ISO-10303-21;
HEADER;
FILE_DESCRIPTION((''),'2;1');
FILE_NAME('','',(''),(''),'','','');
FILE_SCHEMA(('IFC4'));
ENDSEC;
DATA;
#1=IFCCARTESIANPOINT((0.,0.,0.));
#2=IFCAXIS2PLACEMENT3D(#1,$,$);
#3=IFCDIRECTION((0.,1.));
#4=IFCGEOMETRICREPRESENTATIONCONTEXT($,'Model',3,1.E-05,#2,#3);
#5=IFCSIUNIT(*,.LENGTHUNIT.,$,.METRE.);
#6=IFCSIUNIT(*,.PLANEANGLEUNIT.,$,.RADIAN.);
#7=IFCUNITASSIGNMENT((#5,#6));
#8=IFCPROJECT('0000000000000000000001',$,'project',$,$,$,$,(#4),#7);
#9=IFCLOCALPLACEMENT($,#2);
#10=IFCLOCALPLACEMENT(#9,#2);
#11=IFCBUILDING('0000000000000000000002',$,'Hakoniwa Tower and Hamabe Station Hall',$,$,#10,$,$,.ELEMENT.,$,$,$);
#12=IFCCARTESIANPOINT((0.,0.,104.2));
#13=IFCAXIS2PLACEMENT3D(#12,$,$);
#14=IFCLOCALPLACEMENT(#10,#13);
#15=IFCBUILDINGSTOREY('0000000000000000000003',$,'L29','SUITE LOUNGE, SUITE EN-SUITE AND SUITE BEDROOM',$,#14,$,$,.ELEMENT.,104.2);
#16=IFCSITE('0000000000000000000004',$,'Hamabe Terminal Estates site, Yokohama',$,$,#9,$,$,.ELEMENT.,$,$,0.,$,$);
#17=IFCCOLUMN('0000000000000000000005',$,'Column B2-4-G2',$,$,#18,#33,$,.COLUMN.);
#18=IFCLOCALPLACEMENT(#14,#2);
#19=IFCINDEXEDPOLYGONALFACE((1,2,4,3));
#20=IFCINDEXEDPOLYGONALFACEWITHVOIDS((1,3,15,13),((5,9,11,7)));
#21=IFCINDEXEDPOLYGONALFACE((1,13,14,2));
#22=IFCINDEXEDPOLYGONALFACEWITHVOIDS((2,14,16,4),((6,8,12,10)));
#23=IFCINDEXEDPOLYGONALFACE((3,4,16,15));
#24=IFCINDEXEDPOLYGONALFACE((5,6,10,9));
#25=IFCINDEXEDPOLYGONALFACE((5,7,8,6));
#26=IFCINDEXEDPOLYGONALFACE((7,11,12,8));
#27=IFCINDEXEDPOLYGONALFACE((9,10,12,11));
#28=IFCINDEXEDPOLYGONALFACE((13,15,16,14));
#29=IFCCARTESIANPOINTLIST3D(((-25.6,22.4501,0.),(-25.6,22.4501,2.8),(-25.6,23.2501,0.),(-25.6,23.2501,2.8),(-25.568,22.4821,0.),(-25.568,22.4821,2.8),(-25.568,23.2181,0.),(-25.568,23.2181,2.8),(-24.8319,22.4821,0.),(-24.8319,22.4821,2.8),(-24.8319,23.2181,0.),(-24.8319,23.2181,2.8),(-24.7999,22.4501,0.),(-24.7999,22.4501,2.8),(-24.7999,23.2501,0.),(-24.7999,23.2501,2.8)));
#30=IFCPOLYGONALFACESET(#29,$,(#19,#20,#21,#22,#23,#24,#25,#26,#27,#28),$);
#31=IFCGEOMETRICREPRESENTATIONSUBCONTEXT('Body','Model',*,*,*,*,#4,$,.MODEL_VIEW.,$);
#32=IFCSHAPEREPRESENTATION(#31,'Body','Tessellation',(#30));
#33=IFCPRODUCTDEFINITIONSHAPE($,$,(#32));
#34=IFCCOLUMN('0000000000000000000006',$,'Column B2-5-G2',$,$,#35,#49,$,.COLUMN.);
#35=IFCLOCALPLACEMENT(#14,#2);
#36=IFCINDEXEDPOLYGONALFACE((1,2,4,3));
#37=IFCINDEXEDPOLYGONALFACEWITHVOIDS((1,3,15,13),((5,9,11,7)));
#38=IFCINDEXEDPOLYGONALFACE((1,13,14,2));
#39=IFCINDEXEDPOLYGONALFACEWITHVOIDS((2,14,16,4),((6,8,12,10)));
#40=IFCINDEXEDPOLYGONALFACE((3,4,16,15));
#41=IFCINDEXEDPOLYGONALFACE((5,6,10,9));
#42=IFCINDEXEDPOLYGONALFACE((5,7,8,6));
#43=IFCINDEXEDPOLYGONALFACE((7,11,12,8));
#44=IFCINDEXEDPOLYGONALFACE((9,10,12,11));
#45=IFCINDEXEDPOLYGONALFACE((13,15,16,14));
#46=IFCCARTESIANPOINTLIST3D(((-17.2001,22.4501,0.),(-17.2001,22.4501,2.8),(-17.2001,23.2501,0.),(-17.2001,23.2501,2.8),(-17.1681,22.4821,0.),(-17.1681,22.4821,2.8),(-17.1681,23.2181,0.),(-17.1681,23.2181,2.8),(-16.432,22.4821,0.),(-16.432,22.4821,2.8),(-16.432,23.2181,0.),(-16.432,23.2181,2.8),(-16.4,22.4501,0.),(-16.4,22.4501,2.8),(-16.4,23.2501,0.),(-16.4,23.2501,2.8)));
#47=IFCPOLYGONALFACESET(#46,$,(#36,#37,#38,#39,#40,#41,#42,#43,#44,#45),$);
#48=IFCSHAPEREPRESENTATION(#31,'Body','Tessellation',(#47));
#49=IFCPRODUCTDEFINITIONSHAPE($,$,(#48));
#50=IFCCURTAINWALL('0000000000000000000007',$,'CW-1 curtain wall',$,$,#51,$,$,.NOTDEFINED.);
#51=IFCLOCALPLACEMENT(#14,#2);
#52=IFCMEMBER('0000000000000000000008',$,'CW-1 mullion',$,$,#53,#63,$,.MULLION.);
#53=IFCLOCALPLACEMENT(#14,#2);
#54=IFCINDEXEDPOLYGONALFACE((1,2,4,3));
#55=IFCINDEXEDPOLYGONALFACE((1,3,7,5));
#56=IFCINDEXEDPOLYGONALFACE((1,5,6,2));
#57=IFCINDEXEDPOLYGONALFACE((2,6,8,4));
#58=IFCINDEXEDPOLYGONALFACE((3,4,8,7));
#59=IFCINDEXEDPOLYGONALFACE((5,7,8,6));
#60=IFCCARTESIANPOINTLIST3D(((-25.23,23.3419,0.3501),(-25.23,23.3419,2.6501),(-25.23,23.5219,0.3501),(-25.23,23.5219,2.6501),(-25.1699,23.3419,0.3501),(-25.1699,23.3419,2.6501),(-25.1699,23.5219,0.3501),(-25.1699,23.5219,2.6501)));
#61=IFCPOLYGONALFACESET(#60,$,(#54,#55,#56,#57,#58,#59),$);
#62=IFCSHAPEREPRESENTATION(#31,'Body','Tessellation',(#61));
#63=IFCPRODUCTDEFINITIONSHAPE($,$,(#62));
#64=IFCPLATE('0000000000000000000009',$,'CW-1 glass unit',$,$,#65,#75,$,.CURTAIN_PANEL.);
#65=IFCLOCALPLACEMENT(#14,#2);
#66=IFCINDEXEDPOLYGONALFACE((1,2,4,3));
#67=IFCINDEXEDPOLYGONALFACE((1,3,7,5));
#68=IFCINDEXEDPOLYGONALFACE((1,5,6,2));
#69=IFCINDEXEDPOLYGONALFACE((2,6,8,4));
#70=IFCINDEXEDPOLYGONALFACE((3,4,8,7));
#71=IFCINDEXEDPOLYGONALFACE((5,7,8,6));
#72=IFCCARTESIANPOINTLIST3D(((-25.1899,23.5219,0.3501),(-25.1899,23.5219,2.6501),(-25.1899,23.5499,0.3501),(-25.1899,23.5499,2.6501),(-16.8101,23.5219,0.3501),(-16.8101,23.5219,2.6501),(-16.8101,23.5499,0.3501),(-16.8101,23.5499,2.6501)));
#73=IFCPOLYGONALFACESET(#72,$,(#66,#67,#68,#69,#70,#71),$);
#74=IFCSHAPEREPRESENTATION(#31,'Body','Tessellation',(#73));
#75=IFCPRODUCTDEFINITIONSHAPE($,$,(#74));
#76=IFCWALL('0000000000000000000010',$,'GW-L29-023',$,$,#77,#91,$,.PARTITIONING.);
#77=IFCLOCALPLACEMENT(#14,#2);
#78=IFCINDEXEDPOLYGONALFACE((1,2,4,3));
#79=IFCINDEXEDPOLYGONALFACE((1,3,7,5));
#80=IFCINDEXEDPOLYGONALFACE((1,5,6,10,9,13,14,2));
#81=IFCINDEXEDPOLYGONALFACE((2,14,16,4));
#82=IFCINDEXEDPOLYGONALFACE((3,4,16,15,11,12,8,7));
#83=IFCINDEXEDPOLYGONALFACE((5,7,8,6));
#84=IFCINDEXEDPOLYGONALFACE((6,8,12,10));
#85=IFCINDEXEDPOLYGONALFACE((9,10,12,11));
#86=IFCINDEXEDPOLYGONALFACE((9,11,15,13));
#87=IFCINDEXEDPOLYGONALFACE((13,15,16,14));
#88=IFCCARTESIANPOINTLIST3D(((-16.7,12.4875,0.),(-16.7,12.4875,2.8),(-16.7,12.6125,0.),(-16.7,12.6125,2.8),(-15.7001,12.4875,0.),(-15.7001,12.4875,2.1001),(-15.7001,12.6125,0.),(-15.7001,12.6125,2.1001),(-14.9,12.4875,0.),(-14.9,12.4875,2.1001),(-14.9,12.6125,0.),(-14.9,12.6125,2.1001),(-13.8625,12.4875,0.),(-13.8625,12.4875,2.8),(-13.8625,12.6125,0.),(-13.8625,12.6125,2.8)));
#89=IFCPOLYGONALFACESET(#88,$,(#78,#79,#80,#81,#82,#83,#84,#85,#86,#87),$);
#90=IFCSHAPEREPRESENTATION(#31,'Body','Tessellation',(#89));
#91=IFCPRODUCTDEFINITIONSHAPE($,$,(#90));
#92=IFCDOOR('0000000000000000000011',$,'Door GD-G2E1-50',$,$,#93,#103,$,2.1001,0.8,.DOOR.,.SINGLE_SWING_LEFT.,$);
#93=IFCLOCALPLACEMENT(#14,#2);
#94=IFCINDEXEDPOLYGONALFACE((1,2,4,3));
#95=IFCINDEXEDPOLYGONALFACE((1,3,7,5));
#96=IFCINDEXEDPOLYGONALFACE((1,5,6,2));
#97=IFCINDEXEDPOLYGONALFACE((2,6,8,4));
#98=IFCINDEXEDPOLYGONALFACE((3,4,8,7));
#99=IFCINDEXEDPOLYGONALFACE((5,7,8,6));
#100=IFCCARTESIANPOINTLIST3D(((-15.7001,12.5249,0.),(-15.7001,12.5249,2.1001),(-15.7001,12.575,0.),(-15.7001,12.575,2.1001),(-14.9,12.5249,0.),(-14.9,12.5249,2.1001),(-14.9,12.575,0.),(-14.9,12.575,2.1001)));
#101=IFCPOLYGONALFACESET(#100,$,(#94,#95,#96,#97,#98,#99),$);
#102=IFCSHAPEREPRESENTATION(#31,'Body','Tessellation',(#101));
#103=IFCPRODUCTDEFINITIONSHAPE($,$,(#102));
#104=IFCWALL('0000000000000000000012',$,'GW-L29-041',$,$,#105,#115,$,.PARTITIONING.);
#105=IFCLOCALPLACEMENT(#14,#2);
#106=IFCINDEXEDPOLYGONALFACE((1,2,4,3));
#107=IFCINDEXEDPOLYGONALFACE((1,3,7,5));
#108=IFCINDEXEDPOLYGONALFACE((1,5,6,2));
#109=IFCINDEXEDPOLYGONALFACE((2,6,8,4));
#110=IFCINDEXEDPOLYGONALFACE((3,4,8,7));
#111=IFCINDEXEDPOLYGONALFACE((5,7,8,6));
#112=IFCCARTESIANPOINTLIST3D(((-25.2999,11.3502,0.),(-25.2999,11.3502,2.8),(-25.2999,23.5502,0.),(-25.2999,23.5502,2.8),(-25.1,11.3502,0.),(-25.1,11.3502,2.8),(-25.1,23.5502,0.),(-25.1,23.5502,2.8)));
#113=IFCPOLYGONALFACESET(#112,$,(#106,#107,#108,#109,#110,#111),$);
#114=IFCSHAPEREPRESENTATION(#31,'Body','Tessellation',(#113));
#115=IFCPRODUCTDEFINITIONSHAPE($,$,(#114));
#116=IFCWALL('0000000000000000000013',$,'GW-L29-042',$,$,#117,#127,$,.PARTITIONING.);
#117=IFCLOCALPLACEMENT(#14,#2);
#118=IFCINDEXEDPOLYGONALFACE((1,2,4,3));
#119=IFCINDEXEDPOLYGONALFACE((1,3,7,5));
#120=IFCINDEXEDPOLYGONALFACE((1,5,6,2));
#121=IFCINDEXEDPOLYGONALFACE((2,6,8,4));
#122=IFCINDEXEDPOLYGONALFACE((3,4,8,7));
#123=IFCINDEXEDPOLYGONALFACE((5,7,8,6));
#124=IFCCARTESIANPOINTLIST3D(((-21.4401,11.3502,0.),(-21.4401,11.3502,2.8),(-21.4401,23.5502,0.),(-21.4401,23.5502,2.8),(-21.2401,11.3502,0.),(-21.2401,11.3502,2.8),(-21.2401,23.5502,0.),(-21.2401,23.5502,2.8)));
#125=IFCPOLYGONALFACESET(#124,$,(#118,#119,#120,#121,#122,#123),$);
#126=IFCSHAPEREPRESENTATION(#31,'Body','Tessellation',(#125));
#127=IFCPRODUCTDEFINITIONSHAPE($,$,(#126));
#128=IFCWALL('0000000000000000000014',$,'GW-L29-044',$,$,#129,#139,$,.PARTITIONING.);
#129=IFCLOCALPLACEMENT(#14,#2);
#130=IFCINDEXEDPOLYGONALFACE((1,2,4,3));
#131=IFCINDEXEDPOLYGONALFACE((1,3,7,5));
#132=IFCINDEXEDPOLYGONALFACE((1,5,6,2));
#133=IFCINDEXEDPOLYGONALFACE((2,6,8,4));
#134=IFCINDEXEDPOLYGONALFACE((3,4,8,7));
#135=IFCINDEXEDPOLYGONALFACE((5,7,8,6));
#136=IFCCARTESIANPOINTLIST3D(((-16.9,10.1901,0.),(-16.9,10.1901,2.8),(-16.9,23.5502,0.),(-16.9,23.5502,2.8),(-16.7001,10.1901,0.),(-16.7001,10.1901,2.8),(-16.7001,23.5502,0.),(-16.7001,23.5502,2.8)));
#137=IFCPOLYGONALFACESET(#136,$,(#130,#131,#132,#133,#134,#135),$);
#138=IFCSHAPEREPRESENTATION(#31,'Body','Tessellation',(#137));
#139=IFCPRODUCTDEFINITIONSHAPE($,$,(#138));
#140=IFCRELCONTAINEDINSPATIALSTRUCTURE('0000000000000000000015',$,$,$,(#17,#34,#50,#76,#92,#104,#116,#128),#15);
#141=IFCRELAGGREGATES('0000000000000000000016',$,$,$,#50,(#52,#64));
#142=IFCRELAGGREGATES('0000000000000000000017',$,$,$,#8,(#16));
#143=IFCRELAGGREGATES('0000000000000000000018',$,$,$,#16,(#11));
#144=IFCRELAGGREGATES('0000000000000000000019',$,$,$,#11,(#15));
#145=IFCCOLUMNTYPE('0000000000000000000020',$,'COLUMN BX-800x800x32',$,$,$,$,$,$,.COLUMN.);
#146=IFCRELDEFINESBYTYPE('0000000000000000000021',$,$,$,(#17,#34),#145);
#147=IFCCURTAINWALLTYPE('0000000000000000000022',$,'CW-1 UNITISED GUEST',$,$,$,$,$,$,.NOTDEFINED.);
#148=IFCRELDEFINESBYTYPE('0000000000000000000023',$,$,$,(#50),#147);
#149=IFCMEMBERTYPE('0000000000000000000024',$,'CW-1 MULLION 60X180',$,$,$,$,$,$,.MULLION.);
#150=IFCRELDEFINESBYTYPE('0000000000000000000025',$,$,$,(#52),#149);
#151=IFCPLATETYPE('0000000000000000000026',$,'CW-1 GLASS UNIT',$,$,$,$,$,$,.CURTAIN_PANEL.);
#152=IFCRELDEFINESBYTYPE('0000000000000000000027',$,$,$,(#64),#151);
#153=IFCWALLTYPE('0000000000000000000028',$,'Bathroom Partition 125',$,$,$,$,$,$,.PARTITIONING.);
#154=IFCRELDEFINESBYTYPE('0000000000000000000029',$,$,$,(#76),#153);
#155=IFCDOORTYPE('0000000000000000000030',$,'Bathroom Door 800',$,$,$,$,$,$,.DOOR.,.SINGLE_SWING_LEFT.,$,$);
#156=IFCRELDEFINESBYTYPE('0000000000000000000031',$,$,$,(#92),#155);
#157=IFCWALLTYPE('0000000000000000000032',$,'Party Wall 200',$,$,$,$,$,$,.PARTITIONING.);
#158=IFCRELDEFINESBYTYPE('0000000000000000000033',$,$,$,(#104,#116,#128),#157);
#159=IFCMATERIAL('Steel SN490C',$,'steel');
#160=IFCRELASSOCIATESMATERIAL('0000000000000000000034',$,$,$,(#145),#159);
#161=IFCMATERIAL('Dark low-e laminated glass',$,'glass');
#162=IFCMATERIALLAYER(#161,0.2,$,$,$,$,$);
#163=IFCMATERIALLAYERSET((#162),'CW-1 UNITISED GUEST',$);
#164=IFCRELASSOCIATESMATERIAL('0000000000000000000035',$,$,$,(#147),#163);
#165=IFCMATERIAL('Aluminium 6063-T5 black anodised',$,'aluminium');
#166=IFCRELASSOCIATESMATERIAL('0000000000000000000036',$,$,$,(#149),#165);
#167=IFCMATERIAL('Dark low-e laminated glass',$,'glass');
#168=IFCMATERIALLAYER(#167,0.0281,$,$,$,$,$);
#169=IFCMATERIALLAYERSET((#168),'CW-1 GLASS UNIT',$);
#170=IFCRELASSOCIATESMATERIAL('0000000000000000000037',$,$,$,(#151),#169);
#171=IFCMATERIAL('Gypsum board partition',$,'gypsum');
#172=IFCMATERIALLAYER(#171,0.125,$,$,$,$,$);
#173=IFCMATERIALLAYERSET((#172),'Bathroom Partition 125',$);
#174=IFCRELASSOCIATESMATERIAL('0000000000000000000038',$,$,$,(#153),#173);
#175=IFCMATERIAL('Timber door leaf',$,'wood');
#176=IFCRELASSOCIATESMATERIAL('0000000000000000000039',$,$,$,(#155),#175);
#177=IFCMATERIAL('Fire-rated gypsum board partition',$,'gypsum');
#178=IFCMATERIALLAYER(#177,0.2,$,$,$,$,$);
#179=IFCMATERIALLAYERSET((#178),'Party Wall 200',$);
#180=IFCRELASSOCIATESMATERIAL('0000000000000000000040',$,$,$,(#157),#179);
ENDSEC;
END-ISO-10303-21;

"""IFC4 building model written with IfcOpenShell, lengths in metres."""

from ifc_helpers import new_model, si_unit, direction, frame, frame_2d, origin, origin_2d, place, context, subcontext, project, spatial, rectangle, hollow_rectangle, extrude, material, layer, layer_set, material_profile, profile_set, type_object, element, fill, aggregate, save


model = new_model("IFC4")

# Units and contexts
model_context = context("Model", 3, precision=1e-05, world=origin(), true_north=direction((0.0, 1.0)))
body_context = subcontext(model_context, "Body", "Model", "MODEL_VIEW")
ifc_project = project(units=[si_unit("LENGTHUNIT", "METRE"), si_unit("PLANEANGLEUNIT", "RADIAN")], contexts=[model_context])

# Site, building, storey
site_placement = place(None, origin())
site = spatial("IfcSite", under=ifc_project, at=site_placement, Name="Hamabe Terminal Estates site, Yokohama", CompositionType="ELEMENT", RefElevation=0.0)
building_placement = place(site_placement, origin())
building = spatial("IfcBuilding", under=site, at=building_placement, Name="Hakoniwa Tower and Hamabe Station Hall", CompositionType="ELEMENT")
storey_placement = place(building_placement, frame((0.0, 0.0, 104.2)))
storey = spatial("IfcBuildingStorey", under=building, at=storey_placement, Name="L29", Description="SUITE LOUNGE, SUITE EN-SUITE AND SUITE BEDROOM", CompositionType="ELEMENT", Elevation=104.2)

# Columns
ifc_material_1 = material(Name="Steel SN490C", Category="steel")
ifc_material_profile_1 = material_profile(ifc_material_1, hollow_rectangle(XDim=0.8, YDim=0.8, WallThickness=0.032, at=origin_2d()), Name="BX-800x800x32")
ifc_profile_set_1 = profile_set([ifc_material_profile_1], Name="Steel SN490C")
column_type = type_object("IfcColumnType", Name="COLUMN BX-800x800x32", PredefinedType="COLUMN", material=ifc_profile_set_1)
for number, where, z_axis, x_axis, name in (
    (1, (-25.2, 22.8501, 0.0), (0.0, 0.0, 1.0), (1.0, 0.0, 0.0), "Column B2-4-G2"),
    (2, (-16.8, 22.8501, 0.0), (0.0, 0.0, 1.0), (1.0, 0.0, 0.0), "Column B2-5-G2"),
):
    element("IfcColumn", number, at=place(storey_placement, frame(where, z_axis=z_axis, x_axis=x_axis)), inside=storey, type_object=column_type, Name=name, PredefinedType="COLUMN", context=body_context, shape_type="SweptSolid", body=[
        extrude(hollow_rectangle(XDim=0.8, YDim=0.8, WallThickness=0.032, at=origin_2d()), origin(), (0.0, 0.0, 1.0), 2.8),
    ])

# Curtain wall, member, plate
ifc_material_2 = material(Name="Dark low-e laminated glass", Category="glass")
ifc_layer_1 = layer(ifc_material_2, 0.2)
ifc_layer_set_1 = layer_set([ifc_layer_1], Name="CW-1 UNITISED GUEST")
curtain_wall_type = type_object("IfcCurtainWallType", Name="CW-1 UNITISED GUEST", PredefinedType="NOTDEFINED", material=ifc_layer_set_1)
curtain_wall_placement = place(storey_placement, origin())
curtain_wall = element("IfcCurtainWall", 3, at=curtain_wall_placement, inside=storey, type_object=curtain_wall_type, Name="CW-1 curtain wall", PredefinedType="NOTDEFINED")
ifc_material_3 = material(Name="Aluminium 6063-T5 black anodised", Category="aluminium")
ifc_material_profile_2 = material_profile(ifc_material_3, rectangle(XDim=0.0601, YDim=0.1799, at=origin_2d()), Name="CW-1 MULLION 60X180")
ifc_profile_set_2 = profile_set([ifc_material_profile_2], Name="Aluminium 6063-T5 black anodised")
member_type = type_object("IfcMemberType", Name="CW-1 MULLION 60X180", PredefinedType="MULLION", material=ifc_profile_set_2)
member_placement = place(storey_placement, frame((-25.2, 23.4319, 0.3501), z_axis=(0.0, 0.0, 1.0), x_axis=(-1.0, 0.0, 0.0)))
member = element("IfcMember", 4, at=member_placement, type_object=member_type, Name="CW-1 mullion", PredefinedType="MULLION", context=body_context, shape_type="SweptSolid", body=[
    extrude(rectangle(XDim=0.0601, YDim=0.1799, at=origin_2d()), origin(), (0.0, 0.0, 1.0), 2.3),
])
ifc_material_4 = material(Name="Dark low-e laminated glass", Category="glass")
ifc_layer_2 = layer(ifc_material_4, 0.0281)
ifc_layer_set_2 = layer_set([ifc_layer_2], Name="CW-1 GLASS UNIT")
plate_type = type_object("IfcPlateType", Name="CW-1 GLASS UNIT", PredefinedType="CURTAIN_PANEL", material=ifc_layer_set_2)
plate_placement = place(storey_placement, frame((-21.0, 23.5359, 0.3501), z_axis=(0.0, 0.0, 1.0), x_axis=(-1.0, 0.0, 0.0)))
plate = element("IfcPlate", 5, at=plate_placement, type_object=plate_type, Name="CW-1 glass unit", PredefinedType="CURTAIN_PANEL", context=body_context, shape_type="SweptSolid", body=[
    extrude(rectangle(XDim=8.3799, YDim=0.0281, at=origin_2d()), origin(), (0.0, 0.0, 1.0), 2.3),
])
aggregate(curtain_wall, [member, plate])

# Wall, opening, door
ifc_material_5 = material(Name="Gypsum board partition", Category="gypsum")
ifc_layer_3 = layer(ifc_material_5, 0.125)
ifc_layer_set_3 = layer_set([ifc_layer_3], Name="Bathroom Partition 125")
wall_type_1 = type_object("IfcWallType", Name="Bathroom Partition 125", PredefinedType="PARTITIONING", material=ifc_layer_set_3)
wall_1_placement = place(storey_placement, frame((-16.7, 12.55, 0.0), z_axis=(0.0, 0.0, 1.0), x_axis=(1.0, 0.0, 0.0)))
wall_1 = element("IfcWall", 6, at=wall_1_placement, inside=storey, type_object=wall_type_1, Name="GW-L29-023", PredefinedType="PARTITIONING", context=body_context, shape_type="SweptSolid", body=[
    extrude(rectangle(XDim=2.8374, YDim=0.125, at=frame_2d((1.4187, 0.0))), origin(), (0.0, 0.0, 1.0), 2.8),
])
opening_placement = place(wall_1_placement, frame((1.0, 0.0, 0.0)))
opening = element("IfcOpeningElement", 7, at=opening_placement, cuts=wall_1, PredefinedType="OPENING", context=body_context, shape_type="SweptSolid", body=[
    extrude(rectangle(XDim=0.8, YDim=2.1001, at=frame_2d((0.3999, 1.05))), frame((0.0, 0.0725, 0.0), z_axis=(0.0, -1.0, 0.0), x_axis=(1.0, 0.0, 0.0)), (0.0, 0.0, 1.0), 0.145),
])
ifc_material_6 = material(Name="Timber door leaf", Category="wood")
door_type = type_object("IfcDoorType", Name="Bathroom Door 800", OperationType="SINGLE_SWING_LEFT", PredefinedType="DOOR", material=ifc_material_6)
door_placement = place(opening_placement, origin())
door = element("IfcDoor", 8, at=door_placement, inside=storey, type_object=door_type, Name="Door GD-G2E1-50", OperationType="SINGLE_SWING_LEFT", OverallHeight=2.1001, OverallWidth=0.8, PredefinedType="DOOR", context=body_context, shape_type="SweptSolid", body=[
    extrude(rectangle(XDim=0.8, YDim=2.1001, at=frame_2d((0.3999, 1.05))), frame((0.0, 0.0249, 0.0), z_axis=(0.0, -1.0, 0.0), x_axis=(1.0, 0.0, 0.0)), (0.0, 0.0, 1.0), 0.05),
])
fill(opening, door)

# Walls
ifc_material_7 = material(Name="Fire-rated gypsum board partition", Category="gypsum")
ifc_layer_4 = layer(ifc_material_7, 0.2)
ifc_layer_set_4 = layer_set([ifc_layer_4], Name="Party Wall 200")
wall_type_2 = type_object("IfcWallType", Name="Party Wall 200", PredefinedType="PARTITIONING", material=ifc_layer_set_4)
for number, where, z_axis, x_axis, name in (
    (9, (-25.2, 11.3501, 0.0), (0.0, 0.0, 1.0), (0.0, 1.0, 0.0), "GW-L29-041"),
    (10, (-21.3401, 11.3501, 0.0), (0.0, 0.0, 1.0), (0.0, 1.0, 0.0), "GW-L29-042"),
):
    element("IfcWall", number, at=place(storey_placement, frame(where, z_axis=z_axis, x_axis=x_axis)), inside=storey, type_object=wall_type_2, Name=name, PredefinedType="PARTITIONING", context=body_context, shape_type="SweptSolid", body=[
        extrude(rectangle(XDim=12.2, YDim=0.2, at=frame_2d((6.1001, 0.0))), origin(), (0.0, 0.0, 1.0), 2.8),
    ])
wall_2_placement = place(storey_placement, frame((-16.8, 10.1899, 0.0), z_axis=(0.0, 0.0, 1.0), x_axis=(0.0, 1.0, 0.0)))
element("IfcWall", 11, at=wall_2_placement, inside=storey, type_object=wall_type_2, Name="GW-L29-044", PredefinedType="PARTITIONING", context=body_context, shape_type="SweptSolid", body=[
    extrude(rectangle(XDim=13.3601, YDim=0.2, at=frame_2d((6.6802, 0.0))), origin(), (0.0, 0.0, 1.0), 2.8),
])

save(model, "model.ifc")
